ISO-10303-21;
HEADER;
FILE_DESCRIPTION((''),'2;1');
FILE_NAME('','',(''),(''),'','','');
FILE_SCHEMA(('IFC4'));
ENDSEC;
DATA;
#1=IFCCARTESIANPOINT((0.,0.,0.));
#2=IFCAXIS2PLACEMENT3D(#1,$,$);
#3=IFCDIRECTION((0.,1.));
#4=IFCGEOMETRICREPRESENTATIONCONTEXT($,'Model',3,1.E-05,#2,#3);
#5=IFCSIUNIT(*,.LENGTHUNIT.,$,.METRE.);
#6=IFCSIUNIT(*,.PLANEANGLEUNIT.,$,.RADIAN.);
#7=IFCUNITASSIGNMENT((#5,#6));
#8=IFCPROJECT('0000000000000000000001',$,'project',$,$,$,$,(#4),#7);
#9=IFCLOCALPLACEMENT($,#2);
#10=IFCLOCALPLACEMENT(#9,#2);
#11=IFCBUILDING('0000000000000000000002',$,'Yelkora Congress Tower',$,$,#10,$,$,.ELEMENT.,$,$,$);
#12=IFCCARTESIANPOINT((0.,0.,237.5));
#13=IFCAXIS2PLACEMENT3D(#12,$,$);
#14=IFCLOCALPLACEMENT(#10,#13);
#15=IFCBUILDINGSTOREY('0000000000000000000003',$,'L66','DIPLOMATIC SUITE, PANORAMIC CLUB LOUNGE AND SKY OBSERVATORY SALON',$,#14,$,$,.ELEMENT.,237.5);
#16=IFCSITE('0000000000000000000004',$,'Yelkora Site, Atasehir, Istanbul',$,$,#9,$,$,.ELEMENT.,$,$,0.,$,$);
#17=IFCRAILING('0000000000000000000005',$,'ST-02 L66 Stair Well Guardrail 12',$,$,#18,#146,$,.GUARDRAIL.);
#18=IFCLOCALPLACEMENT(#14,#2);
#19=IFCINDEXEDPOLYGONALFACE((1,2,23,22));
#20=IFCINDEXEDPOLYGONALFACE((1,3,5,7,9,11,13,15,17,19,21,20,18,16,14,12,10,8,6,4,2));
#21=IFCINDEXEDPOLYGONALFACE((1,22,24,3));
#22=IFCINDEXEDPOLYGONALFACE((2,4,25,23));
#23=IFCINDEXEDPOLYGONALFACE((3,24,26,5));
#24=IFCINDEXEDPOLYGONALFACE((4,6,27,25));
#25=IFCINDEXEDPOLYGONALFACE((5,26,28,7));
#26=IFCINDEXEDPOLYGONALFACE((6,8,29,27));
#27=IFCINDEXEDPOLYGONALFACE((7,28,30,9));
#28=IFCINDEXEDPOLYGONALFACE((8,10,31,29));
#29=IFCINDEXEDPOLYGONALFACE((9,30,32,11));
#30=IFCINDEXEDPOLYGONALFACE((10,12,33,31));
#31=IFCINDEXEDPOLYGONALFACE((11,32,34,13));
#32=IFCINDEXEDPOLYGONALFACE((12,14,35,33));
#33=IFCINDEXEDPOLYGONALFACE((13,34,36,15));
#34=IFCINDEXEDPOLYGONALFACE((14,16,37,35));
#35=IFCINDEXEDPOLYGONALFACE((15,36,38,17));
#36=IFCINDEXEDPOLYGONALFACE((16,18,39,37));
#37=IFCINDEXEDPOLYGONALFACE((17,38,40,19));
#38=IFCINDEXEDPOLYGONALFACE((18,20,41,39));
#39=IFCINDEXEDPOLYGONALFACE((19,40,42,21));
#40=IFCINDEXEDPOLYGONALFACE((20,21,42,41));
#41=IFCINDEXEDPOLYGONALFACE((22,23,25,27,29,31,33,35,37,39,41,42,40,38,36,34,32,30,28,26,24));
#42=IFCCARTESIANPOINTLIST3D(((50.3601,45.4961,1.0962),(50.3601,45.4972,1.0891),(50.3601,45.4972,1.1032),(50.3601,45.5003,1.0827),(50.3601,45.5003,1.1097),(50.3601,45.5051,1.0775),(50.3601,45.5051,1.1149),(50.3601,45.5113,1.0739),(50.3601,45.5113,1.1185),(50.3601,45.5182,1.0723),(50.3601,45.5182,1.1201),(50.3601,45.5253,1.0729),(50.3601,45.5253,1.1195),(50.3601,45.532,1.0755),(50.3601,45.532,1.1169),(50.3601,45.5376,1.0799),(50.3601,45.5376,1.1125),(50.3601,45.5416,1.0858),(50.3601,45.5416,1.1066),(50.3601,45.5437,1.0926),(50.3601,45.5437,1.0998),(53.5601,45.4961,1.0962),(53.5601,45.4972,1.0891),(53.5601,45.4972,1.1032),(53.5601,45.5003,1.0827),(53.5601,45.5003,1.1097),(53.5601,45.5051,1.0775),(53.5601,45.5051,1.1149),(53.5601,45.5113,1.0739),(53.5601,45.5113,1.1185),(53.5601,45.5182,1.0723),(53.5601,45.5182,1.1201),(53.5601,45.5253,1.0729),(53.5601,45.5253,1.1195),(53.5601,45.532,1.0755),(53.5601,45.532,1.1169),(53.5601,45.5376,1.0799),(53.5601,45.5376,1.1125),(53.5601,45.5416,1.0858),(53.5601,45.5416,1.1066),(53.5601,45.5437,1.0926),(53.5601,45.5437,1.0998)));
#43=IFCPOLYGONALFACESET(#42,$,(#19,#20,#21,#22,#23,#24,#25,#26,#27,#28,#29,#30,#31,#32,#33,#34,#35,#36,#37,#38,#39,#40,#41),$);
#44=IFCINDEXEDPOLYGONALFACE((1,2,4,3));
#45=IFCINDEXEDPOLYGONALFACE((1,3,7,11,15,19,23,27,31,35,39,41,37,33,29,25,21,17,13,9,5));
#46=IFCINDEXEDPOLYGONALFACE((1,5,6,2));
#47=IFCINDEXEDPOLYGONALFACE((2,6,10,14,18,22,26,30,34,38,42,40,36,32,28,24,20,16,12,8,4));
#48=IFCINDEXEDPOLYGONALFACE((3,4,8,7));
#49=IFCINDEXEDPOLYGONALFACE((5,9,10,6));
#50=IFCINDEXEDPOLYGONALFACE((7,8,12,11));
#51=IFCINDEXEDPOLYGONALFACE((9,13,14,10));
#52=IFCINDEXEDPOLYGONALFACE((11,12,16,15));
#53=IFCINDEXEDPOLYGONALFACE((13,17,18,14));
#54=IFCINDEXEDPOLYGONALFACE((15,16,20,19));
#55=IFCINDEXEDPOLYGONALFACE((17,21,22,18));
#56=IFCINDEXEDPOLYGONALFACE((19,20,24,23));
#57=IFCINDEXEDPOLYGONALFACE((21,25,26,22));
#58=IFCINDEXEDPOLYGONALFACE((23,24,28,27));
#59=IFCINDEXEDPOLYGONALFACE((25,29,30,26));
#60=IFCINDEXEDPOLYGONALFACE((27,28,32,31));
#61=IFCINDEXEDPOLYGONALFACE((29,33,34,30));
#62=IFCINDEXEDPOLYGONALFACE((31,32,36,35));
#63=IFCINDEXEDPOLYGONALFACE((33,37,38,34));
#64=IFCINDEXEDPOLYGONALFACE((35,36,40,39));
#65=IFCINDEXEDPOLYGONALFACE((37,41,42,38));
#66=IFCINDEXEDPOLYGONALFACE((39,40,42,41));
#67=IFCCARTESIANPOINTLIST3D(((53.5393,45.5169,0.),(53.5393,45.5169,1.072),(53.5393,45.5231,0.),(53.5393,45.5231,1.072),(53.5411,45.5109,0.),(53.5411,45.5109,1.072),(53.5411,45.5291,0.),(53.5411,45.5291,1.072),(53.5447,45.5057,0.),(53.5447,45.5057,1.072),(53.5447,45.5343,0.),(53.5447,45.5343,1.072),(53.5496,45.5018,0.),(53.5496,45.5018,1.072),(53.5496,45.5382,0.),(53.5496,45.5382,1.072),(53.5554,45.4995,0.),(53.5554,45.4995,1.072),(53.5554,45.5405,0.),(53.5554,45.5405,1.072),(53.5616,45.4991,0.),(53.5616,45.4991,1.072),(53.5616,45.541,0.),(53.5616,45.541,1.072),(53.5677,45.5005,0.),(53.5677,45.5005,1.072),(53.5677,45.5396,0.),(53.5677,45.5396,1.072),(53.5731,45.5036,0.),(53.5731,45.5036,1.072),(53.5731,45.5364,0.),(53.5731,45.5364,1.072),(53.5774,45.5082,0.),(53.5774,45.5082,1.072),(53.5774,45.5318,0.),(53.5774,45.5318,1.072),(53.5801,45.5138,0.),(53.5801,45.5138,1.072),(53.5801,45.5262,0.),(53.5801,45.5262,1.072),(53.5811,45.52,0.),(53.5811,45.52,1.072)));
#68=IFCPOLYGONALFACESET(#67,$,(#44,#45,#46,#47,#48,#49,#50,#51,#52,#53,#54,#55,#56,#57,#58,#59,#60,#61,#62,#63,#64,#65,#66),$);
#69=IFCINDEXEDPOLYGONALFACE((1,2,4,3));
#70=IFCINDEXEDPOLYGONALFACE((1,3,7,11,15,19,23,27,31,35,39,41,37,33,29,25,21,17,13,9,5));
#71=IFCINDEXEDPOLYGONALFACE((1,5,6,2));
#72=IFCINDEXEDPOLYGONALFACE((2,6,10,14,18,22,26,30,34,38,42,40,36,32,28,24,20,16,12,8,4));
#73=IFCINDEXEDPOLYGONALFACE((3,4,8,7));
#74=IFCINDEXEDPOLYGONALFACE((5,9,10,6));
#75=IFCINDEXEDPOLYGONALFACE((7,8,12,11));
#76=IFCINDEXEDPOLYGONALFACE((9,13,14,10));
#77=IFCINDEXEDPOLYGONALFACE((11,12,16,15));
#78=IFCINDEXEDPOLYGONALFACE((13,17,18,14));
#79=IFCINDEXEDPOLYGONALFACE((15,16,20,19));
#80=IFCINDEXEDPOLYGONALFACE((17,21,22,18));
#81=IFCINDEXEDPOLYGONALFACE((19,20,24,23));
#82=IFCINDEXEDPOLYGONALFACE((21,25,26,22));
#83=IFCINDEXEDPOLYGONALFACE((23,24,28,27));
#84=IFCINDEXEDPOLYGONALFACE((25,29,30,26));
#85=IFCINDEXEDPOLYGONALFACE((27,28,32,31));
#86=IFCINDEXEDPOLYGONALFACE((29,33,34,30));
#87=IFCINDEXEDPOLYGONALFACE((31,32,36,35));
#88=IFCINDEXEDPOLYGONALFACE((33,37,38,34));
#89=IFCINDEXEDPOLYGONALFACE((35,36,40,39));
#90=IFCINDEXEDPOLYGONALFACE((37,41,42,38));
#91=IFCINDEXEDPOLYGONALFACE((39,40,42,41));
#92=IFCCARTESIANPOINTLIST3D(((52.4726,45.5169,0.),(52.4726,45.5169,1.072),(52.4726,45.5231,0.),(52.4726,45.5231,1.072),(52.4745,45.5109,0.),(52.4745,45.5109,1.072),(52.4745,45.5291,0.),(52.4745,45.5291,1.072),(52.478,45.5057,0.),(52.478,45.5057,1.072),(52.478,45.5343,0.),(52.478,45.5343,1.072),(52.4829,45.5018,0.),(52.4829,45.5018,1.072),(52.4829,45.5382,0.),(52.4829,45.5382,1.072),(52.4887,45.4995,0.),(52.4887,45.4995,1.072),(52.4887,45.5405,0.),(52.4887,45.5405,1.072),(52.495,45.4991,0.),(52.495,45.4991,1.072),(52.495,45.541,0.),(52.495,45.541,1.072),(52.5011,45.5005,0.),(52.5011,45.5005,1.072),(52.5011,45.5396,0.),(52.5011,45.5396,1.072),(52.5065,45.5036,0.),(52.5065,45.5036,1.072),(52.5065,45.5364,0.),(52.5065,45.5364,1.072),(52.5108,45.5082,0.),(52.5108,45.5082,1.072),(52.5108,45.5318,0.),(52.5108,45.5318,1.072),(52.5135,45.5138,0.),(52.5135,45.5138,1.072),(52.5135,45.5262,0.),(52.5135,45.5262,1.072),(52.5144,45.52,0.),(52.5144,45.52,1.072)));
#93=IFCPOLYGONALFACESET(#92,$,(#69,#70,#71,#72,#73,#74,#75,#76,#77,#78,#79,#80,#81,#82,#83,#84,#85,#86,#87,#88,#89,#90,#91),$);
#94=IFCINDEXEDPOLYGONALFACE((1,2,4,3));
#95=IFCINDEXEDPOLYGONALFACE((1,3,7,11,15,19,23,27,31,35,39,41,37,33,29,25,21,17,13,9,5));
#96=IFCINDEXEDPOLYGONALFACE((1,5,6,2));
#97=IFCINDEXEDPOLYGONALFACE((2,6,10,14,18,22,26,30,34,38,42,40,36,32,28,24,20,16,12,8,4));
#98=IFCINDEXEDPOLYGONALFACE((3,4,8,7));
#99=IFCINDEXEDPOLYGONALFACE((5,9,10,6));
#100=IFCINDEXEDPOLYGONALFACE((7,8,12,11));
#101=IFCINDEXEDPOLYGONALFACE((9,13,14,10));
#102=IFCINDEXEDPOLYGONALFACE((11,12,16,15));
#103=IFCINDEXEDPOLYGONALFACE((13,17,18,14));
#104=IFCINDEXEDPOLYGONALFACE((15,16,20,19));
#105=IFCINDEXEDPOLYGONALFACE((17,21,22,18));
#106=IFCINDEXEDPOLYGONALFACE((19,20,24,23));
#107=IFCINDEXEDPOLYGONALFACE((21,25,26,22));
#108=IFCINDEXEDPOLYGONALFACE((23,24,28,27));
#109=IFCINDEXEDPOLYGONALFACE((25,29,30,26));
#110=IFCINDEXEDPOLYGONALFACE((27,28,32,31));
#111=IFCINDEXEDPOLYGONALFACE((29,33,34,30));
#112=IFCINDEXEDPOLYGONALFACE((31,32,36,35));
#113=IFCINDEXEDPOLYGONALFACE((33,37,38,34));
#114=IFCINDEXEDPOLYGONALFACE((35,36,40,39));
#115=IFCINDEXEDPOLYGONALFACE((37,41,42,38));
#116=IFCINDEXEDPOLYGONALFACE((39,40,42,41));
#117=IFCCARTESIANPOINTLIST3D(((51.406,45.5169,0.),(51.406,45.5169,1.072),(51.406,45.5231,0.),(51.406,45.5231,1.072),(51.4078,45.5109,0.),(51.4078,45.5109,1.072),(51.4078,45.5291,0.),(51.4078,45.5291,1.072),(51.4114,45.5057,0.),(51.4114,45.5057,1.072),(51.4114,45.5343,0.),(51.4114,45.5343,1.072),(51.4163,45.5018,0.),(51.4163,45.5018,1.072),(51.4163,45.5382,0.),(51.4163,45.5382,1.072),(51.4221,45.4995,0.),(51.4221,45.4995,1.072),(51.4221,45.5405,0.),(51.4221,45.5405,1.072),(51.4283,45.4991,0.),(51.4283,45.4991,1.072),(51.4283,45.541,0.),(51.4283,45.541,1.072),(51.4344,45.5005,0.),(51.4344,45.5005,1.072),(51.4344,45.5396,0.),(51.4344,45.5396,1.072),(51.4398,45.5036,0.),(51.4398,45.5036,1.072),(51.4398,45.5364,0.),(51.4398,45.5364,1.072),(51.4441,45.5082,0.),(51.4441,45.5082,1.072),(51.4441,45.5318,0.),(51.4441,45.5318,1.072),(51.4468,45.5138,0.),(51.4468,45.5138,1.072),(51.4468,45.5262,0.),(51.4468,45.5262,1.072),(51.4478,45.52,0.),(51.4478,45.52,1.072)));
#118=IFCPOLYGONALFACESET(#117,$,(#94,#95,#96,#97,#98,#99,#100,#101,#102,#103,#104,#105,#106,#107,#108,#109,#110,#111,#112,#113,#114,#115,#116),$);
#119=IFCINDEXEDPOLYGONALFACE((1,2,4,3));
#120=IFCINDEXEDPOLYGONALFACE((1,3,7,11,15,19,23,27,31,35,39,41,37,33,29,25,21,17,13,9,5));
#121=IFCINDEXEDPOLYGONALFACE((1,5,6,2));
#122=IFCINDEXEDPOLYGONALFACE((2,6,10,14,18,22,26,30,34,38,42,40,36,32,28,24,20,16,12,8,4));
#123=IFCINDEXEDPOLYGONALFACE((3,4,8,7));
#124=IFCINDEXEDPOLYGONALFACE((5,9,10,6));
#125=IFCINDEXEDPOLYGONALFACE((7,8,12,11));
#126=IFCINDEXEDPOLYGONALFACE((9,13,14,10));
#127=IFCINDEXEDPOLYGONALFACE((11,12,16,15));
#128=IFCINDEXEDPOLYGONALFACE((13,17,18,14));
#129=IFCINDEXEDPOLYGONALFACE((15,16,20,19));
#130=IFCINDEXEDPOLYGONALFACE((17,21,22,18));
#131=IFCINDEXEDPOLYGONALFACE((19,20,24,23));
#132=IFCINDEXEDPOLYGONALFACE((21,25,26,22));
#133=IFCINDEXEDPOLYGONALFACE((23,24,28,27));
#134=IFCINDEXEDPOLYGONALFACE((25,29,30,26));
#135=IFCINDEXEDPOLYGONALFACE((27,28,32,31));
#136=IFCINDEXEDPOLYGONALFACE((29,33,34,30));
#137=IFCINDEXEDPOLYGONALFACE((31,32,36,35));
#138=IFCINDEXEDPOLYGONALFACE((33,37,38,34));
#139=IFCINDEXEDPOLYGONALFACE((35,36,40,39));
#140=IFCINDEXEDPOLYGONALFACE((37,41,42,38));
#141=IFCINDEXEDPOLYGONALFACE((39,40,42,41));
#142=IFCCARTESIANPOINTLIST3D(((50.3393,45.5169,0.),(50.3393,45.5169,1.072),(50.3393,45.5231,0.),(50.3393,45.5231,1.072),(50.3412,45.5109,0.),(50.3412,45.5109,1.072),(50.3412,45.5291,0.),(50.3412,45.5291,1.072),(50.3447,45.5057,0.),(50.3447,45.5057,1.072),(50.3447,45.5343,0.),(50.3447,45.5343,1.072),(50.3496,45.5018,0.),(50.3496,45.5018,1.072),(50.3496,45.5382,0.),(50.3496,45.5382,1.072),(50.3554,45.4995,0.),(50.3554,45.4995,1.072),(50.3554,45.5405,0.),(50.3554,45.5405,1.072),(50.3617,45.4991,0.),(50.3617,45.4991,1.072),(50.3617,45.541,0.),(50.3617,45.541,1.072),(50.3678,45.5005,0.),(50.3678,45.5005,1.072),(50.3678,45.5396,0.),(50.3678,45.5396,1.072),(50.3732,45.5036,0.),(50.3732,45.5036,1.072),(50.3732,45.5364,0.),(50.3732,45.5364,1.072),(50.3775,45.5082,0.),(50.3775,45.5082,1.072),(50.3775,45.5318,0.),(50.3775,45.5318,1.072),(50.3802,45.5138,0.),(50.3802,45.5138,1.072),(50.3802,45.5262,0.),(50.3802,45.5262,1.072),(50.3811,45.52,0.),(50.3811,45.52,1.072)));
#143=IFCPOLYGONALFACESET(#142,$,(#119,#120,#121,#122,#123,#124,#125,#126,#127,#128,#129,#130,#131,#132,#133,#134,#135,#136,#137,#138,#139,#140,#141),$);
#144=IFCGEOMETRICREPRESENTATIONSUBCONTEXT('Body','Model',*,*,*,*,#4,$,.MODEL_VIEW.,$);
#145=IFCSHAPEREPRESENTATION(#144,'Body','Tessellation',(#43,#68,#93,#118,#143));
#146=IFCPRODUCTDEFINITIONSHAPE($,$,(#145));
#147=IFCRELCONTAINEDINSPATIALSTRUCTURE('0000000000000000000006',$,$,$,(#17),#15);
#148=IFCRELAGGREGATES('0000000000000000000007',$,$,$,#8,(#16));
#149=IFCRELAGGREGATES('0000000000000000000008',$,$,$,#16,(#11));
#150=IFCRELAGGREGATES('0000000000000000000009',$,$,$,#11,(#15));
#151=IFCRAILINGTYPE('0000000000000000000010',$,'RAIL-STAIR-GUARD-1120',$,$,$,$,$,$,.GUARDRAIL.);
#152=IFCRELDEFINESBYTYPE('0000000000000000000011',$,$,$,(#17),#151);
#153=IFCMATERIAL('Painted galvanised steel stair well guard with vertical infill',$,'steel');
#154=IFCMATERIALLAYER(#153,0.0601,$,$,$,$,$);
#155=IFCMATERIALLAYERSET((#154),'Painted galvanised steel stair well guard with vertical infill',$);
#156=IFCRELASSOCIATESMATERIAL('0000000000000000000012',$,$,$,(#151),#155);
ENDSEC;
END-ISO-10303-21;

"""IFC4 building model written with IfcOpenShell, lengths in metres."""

from ifc_helpers import new_model, si_unit, direction, frame, origin, origin_2d, place, context, subcontext, project, spatial, circle, extrude, material, layer, layer_set, type_object, element, save


model = new_model("IFC4")

# Units and contexts
model_context = context("Model", 3, precision=1e-05, world=origin(), true_north=direction((0.0, 1.0)))
body_context = subcontext(model_context, "Body", "Model", "MODEL_VIEW")
ifc_project = project(units=[si_unit("LENGTHUNIT", "METRE"), si_unit("PLANEANGLEUNIT", "RADIAN")], contexts=[model_context])

# Site, building, storey
site_placement = place(None, origin())
site = spatial("IfcSite", under=ifc_project, at=site_placement, Name="Yelkora Site, Atasehir, Istanbul", CompositionType="ELEMENT", RefElevation=0.0)
building_placement = place(site_placement, origin())
building = spatial("IfcBuilding", under=site, at=building_placement, Name="Yelkora Congress Tower", CompositionType="ELEMENT")
storey_placement = place(building_placement, frame((0.0, 0.0, 237.5)))
storey = spatial("IfcBuildingStorey", under=building, at=storey_placement, Name="L66", Description="DIPLOMATIC SUITE, PANORAMIC CLUB LOUNGE AND SKY OBSERVATORY SALON", CompositionType="ELEMENT", Elevation=237.5)

# Railing
ifc_material_1 = material(Name="Painted galvanised steel stair well guard with vertical infill", Category="steel")
ifc_layer_1 = layer(ifc_material_1, 0.0601)
ifc_layer_set_1 = layer_set([ifc_layer_1], Name="Painted galvanised steel stair well guard with vertical infill")
railing_type_1 = type_object("IfcRailingType", Name="RAIL-STAIR-GUARD-1120", PredefinedType="GUARDRAIL", material=ifc_layer_set_1)
railing_1_placement = place(storey_placement, frame((53.5601, 45.52, 0.0)))
element("IfcRailing", 1, at=railing_1_placement, inside=storey, type_object=railing_type_1, Name="ST-02 L66 Stair Well Guardrail 12", PredefinedType="GUARDRAIL", context=body_context, shape_type="SweptSolid", body=[
    extrude(circle(Radius=0.0239, at=origin_2d()), frame((0.0, 0.0, 1.0962), z_axis=(-1.0, 0.0, 0.0), x_axis=(0.0, -1.0, 0.0)), (0.0, 0.0, 1.0), 3.2),
    extrude(circle(Radius=0.021, at=origin_2d()), origin(), (0.0, 0.0, 1.0), 1.072),
    extrude(circle(Radius=0.021, at=origin_2d()), frame((-1.0667, 0.0, 0.0)), (0.0, 0.0, 1.0), 1.072),
    extrude(circle(Radius=0.021, at=origin_2d()), frame((-2.1333, 0.0, 0.0)), (0.0, 0.0, 1.0), 1.072),
    extrude(circle(Radius=0.021, at=origin_2d()), frame((-3.2, 0.0, 0.0)), (0.0, 0.0, 1.0), 1.072),
])

save(model, "model.ifc")
